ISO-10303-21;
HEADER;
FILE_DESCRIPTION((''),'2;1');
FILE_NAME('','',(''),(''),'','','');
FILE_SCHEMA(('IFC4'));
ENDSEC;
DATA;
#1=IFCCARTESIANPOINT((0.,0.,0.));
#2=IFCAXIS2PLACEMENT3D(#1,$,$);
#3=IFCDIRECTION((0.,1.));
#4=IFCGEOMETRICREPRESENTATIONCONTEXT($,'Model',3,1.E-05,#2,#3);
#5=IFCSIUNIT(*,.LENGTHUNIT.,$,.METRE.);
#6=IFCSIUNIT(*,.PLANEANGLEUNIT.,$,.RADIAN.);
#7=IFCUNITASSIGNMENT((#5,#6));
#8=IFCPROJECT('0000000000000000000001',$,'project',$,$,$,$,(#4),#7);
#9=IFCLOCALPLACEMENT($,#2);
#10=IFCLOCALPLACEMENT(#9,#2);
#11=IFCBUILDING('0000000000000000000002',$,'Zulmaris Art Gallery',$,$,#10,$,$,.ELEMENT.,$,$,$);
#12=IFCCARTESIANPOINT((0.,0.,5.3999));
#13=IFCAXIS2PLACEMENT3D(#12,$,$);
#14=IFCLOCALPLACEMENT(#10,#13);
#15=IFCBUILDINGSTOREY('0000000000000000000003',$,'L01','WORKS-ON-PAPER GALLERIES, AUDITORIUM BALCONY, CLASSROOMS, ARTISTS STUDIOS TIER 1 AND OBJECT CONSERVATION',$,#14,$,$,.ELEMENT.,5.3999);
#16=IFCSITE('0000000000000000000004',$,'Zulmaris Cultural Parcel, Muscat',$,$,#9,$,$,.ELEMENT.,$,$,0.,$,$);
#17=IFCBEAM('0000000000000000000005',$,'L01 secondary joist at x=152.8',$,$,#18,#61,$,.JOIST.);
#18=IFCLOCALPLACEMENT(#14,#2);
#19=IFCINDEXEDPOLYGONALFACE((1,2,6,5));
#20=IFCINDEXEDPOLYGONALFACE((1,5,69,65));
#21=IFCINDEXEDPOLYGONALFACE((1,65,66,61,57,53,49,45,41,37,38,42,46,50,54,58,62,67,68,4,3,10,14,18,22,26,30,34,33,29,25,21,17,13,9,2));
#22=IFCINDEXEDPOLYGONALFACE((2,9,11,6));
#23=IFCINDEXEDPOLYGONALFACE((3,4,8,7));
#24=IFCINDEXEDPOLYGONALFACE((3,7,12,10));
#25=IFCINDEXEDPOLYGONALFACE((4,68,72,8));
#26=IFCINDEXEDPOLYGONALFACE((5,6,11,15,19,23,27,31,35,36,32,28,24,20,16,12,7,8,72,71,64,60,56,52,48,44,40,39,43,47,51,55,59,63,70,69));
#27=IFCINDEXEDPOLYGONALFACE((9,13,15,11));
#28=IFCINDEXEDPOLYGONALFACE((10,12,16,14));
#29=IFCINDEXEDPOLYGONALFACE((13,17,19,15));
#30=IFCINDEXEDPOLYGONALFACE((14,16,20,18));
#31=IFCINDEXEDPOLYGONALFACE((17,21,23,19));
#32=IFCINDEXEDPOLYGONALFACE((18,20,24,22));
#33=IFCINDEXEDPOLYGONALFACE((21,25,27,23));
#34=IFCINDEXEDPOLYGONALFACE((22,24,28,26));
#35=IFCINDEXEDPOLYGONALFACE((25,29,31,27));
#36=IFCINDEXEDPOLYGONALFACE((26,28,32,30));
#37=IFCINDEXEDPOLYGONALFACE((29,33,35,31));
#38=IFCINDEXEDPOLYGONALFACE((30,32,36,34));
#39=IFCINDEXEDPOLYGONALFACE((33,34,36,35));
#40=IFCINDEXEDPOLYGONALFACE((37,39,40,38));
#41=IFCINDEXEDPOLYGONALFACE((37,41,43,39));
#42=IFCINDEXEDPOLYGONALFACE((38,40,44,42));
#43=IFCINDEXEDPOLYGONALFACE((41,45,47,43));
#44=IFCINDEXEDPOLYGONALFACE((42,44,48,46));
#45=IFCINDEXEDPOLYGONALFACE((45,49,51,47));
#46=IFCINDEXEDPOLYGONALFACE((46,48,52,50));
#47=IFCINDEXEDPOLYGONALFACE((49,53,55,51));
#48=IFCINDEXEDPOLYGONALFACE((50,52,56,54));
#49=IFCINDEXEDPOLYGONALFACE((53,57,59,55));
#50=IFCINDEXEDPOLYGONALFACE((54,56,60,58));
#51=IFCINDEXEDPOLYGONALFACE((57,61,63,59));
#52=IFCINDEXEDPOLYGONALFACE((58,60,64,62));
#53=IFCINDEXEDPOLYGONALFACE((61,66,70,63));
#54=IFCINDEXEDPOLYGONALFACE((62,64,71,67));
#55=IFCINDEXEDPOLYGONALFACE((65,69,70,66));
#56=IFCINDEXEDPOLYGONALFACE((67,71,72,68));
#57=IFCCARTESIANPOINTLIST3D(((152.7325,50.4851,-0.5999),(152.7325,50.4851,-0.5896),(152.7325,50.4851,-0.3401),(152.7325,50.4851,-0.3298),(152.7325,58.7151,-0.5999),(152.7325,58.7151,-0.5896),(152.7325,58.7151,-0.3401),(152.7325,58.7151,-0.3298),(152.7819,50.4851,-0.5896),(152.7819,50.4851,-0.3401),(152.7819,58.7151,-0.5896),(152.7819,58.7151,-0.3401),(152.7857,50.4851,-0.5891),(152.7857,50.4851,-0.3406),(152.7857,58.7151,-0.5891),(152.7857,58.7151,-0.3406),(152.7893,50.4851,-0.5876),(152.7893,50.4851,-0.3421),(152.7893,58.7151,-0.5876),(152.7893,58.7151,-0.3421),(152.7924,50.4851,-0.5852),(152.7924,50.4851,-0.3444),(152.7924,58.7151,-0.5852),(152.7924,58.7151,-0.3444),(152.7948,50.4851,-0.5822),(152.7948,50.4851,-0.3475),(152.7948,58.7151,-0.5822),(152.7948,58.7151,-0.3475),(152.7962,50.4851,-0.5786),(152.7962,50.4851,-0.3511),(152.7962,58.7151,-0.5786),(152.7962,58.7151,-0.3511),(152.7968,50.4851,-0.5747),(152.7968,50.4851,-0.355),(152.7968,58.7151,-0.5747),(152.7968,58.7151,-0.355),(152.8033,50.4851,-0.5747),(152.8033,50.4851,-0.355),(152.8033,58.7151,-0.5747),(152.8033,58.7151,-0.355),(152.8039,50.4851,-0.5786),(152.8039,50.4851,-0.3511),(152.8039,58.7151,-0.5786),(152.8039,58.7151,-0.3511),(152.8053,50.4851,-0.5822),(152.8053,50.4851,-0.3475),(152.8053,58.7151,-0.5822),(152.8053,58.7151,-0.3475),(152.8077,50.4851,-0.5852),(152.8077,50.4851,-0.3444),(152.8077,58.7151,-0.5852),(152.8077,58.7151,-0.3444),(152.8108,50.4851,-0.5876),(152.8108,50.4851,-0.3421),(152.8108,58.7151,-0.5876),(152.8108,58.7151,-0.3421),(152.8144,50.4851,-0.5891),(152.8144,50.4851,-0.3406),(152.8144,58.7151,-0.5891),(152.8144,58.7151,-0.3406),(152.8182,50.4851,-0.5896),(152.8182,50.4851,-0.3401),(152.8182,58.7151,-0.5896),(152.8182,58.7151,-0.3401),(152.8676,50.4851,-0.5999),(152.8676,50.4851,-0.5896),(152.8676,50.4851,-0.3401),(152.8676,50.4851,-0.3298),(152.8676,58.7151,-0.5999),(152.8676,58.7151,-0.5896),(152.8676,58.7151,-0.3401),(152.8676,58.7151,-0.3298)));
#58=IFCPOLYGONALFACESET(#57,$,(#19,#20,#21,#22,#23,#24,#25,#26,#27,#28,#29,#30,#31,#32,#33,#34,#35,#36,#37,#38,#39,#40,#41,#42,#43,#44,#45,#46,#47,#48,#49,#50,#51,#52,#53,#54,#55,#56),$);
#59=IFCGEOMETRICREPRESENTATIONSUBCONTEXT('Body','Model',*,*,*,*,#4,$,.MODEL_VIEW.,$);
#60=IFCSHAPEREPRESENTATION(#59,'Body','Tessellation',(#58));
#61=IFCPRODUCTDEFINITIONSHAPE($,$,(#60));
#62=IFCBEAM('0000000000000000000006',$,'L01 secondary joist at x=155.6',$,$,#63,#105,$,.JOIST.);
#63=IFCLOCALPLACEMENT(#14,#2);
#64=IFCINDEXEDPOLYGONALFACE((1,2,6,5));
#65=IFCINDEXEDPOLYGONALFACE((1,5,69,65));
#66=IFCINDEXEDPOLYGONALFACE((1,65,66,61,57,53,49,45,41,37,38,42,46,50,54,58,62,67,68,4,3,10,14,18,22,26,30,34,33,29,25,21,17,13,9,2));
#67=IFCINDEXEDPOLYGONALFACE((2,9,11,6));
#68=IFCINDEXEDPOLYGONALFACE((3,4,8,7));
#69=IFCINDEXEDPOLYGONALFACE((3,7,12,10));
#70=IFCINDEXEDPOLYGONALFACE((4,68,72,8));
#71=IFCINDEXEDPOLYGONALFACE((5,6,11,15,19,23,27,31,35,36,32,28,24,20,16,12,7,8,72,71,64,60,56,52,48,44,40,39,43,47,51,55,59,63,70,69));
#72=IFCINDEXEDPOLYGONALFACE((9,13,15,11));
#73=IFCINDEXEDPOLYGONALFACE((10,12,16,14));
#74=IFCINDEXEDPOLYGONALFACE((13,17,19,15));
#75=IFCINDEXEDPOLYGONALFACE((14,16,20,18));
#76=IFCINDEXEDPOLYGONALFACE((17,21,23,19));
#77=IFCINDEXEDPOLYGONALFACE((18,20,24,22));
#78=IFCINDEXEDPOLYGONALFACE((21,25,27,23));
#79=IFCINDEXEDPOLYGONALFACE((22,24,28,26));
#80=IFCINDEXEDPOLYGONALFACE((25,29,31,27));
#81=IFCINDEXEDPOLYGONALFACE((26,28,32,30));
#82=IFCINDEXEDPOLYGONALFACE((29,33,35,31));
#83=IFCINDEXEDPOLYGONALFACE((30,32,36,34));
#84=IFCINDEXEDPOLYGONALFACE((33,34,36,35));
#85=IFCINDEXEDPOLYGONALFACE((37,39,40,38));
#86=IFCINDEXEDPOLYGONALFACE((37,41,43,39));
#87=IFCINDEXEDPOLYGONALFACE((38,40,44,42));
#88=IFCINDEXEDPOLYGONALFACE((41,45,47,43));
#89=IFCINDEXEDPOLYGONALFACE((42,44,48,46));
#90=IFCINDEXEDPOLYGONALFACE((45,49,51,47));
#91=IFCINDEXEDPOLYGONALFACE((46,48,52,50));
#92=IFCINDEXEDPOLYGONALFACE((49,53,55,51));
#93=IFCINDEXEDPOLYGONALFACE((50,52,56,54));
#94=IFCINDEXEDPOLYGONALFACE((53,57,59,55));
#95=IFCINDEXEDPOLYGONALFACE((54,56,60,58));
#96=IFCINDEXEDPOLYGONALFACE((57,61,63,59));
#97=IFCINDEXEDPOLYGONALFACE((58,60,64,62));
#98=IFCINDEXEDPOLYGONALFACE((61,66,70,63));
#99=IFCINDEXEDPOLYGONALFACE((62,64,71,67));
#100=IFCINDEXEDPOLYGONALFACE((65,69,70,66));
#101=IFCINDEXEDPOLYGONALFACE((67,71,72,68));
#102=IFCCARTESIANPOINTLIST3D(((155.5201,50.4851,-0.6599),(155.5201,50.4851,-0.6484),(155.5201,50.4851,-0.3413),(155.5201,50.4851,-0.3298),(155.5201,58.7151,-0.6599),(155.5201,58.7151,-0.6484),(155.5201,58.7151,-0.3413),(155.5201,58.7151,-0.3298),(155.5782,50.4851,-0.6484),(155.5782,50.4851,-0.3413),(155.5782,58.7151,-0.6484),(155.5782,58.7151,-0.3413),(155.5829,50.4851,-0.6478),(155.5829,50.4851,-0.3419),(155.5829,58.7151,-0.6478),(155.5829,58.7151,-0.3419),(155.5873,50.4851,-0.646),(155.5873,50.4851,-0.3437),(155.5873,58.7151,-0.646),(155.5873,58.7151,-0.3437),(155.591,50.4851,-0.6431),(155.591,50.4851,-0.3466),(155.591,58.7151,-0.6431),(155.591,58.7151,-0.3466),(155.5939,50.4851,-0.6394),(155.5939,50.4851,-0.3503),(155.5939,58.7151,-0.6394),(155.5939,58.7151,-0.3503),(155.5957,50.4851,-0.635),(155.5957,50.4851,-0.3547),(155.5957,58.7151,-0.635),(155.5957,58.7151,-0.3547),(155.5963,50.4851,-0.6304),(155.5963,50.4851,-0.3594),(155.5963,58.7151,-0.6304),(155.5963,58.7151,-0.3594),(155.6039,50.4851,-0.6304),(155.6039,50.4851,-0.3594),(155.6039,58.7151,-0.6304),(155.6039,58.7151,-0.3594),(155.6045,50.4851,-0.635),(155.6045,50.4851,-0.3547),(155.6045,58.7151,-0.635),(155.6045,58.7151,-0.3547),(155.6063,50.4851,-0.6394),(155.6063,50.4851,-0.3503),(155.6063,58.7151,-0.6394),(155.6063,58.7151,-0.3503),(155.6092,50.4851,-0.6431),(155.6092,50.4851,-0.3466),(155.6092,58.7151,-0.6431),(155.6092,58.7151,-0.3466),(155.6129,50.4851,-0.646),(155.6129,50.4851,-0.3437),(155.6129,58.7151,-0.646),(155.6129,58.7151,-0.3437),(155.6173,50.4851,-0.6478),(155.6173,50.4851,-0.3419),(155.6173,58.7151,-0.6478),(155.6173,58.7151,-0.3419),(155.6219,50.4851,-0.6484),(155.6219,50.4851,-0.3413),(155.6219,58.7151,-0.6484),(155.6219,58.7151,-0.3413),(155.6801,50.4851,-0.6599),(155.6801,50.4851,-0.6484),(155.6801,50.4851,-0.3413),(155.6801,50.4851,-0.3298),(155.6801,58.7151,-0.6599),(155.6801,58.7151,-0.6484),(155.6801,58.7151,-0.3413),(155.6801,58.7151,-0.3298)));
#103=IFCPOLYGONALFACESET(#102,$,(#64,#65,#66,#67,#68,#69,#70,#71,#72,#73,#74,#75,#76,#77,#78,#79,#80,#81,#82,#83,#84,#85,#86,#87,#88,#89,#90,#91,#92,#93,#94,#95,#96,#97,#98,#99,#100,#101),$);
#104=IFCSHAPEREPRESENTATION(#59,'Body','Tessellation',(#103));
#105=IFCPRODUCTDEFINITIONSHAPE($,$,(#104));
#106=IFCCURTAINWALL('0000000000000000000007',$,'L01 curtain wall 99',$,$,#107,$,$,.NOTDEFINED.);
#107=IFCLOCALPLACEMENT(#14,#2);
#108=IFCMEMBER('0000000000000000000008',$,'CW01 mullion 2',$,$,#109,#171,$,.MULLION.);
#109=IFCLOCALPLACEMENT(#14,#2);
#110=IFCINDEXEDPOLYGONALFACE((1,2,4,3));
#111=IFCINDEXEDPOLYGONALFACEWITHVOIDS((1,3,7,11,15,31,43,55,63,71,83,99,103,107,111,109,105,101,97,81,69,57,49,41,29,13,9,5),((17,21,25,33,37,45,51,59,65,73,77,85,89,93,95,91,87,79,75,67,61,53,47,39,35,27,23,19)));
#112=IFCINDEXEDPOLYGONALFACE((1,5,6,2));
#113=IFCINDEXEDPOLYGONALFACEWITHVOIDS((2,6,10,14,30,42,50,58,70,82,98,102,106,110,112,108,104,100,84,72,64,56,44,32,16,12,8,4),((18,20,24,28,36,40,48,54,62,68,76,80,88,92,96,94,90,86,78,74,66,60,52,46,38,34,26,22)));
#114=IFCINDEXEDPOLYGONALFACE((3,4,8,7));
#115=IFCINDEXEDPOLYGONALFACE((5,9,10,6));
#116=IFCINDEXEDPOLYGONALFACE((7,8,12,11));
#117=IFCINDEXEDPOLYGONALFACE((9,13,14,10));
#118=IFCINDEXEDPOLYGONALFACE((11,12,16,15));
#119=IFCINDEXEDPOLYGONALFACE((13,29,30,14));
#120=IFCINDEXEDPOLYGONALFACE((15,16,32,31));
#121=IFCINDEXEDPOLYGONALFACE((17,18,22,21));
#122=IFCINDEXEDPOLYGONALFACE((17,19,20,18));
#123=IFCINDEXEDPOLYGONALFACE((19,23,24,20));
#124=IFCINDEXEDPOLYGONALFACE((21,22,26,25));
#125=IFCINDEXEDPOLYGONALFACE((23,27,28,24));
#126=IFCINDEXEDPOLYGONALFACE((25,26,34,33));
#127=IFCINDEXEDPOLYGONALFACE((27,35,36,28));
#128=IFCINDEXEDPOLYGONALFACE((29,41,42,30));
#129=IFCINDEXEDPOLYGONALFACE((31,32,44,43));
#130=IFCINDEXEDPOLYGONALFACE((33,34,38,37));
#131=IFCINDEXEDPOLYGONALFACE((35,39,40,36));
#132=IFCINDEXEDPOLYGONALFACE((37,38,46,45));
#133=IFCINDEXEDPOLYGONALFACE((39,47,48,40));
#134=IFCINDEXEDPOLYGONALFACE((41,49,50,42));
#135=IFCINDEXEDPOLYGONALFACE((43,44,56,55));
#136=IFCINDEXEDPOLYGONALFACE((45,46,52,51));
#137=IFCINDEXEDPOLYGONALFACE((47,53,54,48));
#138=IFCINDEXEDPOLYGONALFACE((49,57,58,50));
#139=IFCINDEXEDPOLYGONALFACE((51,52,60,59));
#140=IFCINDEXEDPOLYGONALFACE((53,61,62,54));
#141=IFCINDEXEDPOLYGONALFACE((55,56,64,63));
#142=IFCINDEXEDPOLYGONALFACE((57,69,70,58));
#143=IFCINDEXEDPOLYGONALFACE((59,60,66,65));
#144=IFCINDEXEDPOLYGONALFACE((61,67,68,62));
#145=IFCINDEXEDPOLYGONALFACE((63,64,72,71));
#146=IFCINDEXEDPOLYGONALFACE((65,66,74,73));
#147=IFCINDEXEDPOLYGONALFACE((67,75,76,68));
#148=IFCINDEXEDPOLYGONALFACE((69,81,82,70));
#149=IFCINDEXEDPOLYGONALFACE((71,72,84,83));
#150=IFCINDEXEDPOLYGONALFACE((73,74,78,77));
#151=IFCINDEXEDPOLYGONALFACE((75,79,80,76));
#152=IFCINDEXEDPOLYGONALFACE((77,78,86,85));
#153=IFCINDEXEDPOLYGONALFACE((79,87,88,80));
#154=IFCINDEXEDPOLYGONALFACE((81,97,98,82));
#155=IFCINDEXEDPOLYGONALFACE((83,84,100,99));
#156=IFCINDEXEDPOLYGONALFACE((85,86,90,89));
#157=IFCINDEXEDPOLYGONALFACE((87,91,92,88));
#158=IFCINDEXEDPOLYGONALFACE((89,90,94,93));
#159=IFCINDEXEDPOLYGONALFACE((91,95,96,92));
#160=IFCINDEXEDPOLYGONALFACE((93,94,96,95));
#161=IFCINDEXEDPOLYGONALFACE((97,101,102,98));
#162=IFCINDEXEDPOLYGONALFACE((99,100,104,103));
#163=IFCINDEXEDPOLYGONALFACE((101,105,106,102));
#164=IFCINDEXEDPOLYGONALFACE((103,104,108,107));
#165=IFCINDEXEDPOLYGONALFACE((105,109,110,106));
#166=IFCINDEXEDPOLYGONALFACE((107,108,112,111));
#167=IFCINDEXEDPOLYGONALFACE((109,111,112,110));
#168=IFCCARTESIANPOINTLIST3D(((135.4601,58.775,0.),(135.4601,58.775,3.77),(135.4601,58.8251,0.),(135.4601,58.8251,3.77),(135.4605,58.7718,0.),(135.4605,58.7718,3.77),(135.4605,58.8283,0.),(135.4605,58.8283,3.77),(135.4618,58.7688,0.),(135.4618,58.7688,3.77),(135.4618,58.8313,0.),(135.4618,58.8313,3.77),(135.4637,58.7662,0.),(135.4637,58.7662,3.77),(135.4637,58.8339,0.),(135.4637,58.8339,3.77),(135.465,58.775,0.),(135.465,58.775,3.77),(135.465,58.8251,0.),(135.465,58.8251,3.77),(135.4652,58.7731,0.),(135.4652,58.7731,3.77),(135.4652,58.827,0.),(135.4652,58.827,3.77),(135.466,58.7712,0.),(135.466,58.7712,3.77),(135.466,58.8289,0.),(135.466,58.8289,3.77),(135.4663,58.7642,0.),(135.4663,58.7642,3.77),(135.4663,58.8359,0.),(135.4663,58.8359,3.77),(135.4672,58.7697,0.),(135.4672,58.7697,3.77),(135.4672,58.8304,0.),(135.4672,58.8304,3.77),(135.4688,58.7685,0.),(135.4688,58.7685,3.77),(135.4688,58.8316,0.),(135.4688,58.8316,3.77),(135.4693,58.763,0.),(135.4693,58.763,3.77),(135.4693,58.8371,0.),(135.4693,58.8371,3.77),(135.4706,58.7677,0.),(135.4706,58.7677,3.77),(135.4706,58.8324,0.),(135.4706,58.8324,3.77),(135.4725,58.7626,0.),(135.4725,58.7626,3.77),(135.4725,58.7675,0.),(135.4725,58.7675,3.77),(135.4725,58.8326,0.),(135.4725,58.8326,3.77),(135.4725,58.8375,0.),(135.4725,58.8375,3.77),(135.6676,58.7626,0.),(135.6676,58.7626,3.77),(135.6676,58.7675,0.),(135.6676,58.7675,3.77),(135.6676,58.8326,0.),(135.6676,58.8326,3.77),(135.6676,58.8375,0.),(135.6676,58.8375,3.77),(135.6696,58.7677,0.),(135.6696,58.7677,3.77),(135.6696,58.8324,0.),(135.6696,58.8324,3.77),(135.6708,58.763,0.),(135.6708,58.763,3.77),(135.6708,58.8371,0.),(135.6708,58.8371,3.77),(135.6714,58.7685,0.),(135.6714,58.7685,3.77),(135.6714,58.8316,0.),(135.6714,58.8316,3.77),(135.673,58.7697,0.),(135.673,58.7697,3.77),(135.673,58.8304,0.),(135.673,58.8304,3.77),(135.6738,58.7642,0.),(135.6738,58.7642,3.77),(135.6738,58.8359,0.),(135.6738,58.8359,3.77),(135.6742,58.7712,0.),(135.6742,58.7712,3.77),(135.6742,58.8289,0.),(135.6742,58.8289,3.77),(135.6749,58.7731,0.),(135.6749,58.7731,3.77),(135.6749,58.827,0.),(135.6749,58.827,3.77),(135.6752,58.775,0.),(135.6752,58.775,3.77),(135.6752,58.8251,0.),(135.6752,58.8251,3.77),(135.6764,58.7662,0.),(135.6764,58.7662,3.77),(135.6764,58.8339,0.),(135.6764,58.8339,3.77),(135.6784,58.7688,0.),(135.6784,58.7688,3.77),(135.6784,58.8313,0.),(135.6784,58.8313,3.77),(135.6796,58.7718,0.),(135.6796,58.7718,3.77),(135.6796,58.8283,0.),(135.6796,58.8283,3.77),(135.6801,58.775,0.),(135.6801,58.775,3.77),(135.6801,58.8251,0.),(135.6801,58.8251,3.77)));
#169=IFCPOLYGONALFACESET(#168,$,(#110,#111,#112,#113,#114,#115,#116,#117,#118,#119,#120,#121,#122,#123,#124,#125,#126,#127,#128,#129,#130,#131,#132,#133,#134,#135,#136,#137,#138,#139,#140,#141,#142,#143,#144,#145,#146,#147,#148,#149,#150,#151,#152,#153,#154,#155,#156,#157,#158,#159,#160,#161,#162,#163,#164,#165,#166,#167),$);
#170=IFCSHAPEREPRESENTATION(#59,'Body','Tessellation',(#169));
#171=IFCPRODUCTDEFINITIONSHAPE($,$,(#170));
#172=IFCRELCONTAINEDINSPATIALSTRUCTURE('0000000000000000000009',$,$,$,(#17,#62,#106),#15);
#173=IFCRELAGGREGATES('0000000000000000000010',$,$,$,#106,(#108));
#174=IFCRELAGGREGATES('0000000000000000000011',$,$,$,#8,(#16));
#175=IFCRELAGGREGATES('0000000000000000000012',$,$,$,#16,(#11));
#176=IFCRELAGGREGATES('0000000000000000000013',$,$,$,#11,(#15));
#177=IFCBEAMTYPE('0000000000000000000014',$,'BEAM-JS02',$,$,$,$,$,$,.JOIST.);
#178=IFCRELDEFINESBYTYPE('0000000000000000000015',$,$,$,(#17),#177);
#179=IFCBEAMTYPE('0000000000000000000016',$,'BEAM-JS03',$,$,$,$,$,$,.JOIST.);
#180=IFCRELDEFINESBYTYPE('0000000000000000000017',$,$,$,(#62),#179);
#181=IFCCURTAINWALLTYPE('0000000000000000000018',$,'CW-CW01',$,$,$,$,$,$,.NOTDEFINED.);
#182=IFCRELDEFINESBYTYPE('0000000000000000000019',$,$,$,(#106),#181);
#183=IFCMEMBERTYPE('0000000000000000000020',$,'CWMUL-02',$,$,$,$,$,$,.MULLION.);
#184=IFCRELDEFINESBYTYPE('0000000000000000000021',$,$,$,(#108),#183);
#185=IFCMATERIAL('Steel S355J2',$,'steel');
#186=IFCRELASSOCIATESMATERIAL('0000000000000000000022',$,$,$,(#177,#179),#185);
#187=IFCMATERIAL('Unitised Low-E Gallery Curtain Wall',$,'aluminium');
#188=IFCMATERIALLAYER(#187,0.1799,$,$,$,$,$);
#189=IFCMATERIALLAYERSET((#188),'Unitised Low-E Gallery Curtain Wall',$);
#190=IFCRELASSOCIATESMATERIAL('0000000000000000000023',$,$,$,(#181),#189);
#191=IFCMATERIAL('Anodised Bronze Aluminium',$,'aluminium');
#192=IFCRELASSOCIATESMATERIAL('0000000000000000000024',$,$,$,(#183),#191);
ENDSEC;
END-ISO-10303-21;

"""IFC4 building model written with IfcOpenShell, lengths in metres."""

from ifc_helpers import new_model, si_unit, direction, frame, origin, origin_2d, place, context, subcontext, project, spatial, hollow_rectangle, i_section, extrude, material, layer, layer_set, material_profile, profile_set, type_object, element, aggregate, save


model = new_model("IFC4")

# Units and contexts
model_context = context("Model", 3, precision=1e-05, world=origin(), true_north=direction((0.0, 1.0)))
body_context = subcontext(model_context, "Body", "Model", "MODEL_VIEW")
ifc_project = project(units=[si_unit("LENGTHUNIT", "METRE"), si_unit("PLANEANGLEUNIT", "RADIAN")], contexts=[model_context])

# Site, building, storey
site_placement = place(None, origin())
site = spatial("IfcSite", under=ifc_project, at=site_placement, Name="Zulmaris Cultural Parcel, Muscat", CompositionType="ELEMENT", RefElevation=0.0)
building_placement = place(site_placement, origin())
building = spatial("IfcBuilding", under=site, at=building_placement, Name="Zulmaris Art Gallery", CompositionType="ELEMENT")
storey_placement = place(building_placement, frame((0.0, 0.0, 5.3999)))
storey = spatial("IfcBuildingStorey", under=building, at=storey_placement, Name="L01", Description="WORKS-ON-PAPER GALLERIES, AUDITORIUM BALCONY, CLASSROOMS, ARTISTS STUDIOS TIER 1 AND OBJECT CONSERVATION", CompositionType="ELEMENT", Elevation=5.3999)

# Beams
ifc_material_1 = material(Name="Steel S355J2", Category="steel")
ifc_material_profile_1 = material_profile(ifc_material_1, i_section(OverallWidth=0.135, OverallDepth=0.27, WebThickness=0.0066, FlangeThickness=0.0103, FilletRadius=0.0149, at=origin_2d()), Name="IPE 270")
ifc_profile_set_1 = profile_set([ifc_material_profile_1], Name="Steel S355J2")
beam_type_1 = type_object("IfcBeamType", Name="BEAM-JS02", PredefinedType="JOIST", material=ifc_profile_set_1)
beam_1_placement = place(storey_placement, frame((152.8, 50.4851, -0.4648), z_axis=(0.0, 1.0, 0.0), x_axis=(-1.0, 0.0, 0.0)))
element("IfcBeam", 1, at=beam_1_placement, inside=storey, type_object=beam_type_1, Name="L01 secondary joist at x=152.8", PredefinedType="JOIST", context=body_context, shape_type="SweptSolid", body=[
    extrude(i_section(OverallWidth=0.135, OverallDepth=0.27, WebThickness=0.0066, FlangeThickness=0.0103, FilletRadius=0.0149, at=origin_2d()), origin(), (0.0, 0.0, 1.0), 8.23),
])
ifc_material_profile_2 = material_profile(ifc_material_1, i_section(OverallWidth=0.1599, OverallDepth=0.3301, WebThickness=0.0076, FlangeThickness=0.0115, FilletRadius=0.0181, at=origin_2d()), Name="IPE 330")
ifc_profile_set_2 = profile_set([ifc_material_profile_2], Name="Steel S355J2")
beam_type_2 = type_object("IfcBeamType", Name="BEAM-JS03", PredefinedType="JOIST", material=ifc_profile_set_2)
beam_2_placement = place(storey_placement, frame((155.6001, 50.4851, -0.4949), z_axis=(0.0, 1.0, 0.0), x_axis=(-1.0, 0.0, 0.0)))
element("IfcBeam", 2, at=beam_2_placement, inside=storey, type_object=beam_type_2, Name="L01 secondary joist at x=155.6", PredefinedType="JOIST", context=body_context, shape_type="SweptSolid", body=[
    extrude(i_section(OverallWidth=0.1599, OverallDepth=0.3301, WebThickness=0.0076, FlangeThickness=0.0115, FilletRadius=0.0181, at=origin_2d()), origin(), (0.0, 0.0, 1.0), 8.23),
])

# Curtain wall, member
ifc_material_2 = material(Name="Unitised Low-E Gallery Curtain Wall", Category="aluminium")
ifc_layer_1 = layer(ifc_material_2, 0.1799)
ifc_layer_set_1 = layer_set([ifc_layer_1], Name="Unitised Low-E Gallery Curtain Wall")
curtain_wall_type = type_object("IfcCurtainWallType", Name="CW-CW01", PredefinedType="NOTDEFINED", material=ifc_layer_set_1)
curtain_wall_placement = place(storey_placement, origin())
curtain_wall = element("IfcCurtainWall", 3, at=curtain_wall_placement, inside=storey, type_object=curtain_wall_type, Name="L01 curtain wall 99", PredefinedType="NOTDEFINED")
ifc_material_3 = material(Name="Anodised Bronze Aluminium", Category="aluminium")
ifc_material_profile_3 = material_profile(ifc_material_3, hollow_rectangle(XDim=0.075, YDim=0.22, WallThickness=0.0049, InnerFilletRadius=0.0076, OuterFilletRadius=0.0125, at=origin_2d()), Name="ALU 75x220x5")
ifc_profile_set_3 = profile_set([ifc_material_profile_3], Name="Anodised Bronze Aluminium")
member_type_1 = type_object("IfcMemberType", Name="CWMUL-02", PredefinedType="MULLION", material=ifc_profile_set_3)
member_1_placement = place(storey_placement, frame((135.5701, 58.8, 0.0), z_axis=(0.0, 0.0, 1.0), x_axis=(0.0, 1.0, 0.0)))
member_1 = element("IfcMember", 4, at=member_1_placement, type_object=member_type_1, Name="CW01 mullion 2", PredefinedType="MULLION", context=body_context, shape_type="SweptSolid", body=[
    extrude(hollow_rectangle(XDim=0.075, YDim=0.22, WallThickness=0.0049, InnerFilletRadius=0.0076, OuterFilletRadius=0.0125, at=origin_2d()), origin(), (0.0, 0.0, 1.0), 3.77),
])
aggregate(curtain_wall, [member_1])

save(model, "model.ifc")
